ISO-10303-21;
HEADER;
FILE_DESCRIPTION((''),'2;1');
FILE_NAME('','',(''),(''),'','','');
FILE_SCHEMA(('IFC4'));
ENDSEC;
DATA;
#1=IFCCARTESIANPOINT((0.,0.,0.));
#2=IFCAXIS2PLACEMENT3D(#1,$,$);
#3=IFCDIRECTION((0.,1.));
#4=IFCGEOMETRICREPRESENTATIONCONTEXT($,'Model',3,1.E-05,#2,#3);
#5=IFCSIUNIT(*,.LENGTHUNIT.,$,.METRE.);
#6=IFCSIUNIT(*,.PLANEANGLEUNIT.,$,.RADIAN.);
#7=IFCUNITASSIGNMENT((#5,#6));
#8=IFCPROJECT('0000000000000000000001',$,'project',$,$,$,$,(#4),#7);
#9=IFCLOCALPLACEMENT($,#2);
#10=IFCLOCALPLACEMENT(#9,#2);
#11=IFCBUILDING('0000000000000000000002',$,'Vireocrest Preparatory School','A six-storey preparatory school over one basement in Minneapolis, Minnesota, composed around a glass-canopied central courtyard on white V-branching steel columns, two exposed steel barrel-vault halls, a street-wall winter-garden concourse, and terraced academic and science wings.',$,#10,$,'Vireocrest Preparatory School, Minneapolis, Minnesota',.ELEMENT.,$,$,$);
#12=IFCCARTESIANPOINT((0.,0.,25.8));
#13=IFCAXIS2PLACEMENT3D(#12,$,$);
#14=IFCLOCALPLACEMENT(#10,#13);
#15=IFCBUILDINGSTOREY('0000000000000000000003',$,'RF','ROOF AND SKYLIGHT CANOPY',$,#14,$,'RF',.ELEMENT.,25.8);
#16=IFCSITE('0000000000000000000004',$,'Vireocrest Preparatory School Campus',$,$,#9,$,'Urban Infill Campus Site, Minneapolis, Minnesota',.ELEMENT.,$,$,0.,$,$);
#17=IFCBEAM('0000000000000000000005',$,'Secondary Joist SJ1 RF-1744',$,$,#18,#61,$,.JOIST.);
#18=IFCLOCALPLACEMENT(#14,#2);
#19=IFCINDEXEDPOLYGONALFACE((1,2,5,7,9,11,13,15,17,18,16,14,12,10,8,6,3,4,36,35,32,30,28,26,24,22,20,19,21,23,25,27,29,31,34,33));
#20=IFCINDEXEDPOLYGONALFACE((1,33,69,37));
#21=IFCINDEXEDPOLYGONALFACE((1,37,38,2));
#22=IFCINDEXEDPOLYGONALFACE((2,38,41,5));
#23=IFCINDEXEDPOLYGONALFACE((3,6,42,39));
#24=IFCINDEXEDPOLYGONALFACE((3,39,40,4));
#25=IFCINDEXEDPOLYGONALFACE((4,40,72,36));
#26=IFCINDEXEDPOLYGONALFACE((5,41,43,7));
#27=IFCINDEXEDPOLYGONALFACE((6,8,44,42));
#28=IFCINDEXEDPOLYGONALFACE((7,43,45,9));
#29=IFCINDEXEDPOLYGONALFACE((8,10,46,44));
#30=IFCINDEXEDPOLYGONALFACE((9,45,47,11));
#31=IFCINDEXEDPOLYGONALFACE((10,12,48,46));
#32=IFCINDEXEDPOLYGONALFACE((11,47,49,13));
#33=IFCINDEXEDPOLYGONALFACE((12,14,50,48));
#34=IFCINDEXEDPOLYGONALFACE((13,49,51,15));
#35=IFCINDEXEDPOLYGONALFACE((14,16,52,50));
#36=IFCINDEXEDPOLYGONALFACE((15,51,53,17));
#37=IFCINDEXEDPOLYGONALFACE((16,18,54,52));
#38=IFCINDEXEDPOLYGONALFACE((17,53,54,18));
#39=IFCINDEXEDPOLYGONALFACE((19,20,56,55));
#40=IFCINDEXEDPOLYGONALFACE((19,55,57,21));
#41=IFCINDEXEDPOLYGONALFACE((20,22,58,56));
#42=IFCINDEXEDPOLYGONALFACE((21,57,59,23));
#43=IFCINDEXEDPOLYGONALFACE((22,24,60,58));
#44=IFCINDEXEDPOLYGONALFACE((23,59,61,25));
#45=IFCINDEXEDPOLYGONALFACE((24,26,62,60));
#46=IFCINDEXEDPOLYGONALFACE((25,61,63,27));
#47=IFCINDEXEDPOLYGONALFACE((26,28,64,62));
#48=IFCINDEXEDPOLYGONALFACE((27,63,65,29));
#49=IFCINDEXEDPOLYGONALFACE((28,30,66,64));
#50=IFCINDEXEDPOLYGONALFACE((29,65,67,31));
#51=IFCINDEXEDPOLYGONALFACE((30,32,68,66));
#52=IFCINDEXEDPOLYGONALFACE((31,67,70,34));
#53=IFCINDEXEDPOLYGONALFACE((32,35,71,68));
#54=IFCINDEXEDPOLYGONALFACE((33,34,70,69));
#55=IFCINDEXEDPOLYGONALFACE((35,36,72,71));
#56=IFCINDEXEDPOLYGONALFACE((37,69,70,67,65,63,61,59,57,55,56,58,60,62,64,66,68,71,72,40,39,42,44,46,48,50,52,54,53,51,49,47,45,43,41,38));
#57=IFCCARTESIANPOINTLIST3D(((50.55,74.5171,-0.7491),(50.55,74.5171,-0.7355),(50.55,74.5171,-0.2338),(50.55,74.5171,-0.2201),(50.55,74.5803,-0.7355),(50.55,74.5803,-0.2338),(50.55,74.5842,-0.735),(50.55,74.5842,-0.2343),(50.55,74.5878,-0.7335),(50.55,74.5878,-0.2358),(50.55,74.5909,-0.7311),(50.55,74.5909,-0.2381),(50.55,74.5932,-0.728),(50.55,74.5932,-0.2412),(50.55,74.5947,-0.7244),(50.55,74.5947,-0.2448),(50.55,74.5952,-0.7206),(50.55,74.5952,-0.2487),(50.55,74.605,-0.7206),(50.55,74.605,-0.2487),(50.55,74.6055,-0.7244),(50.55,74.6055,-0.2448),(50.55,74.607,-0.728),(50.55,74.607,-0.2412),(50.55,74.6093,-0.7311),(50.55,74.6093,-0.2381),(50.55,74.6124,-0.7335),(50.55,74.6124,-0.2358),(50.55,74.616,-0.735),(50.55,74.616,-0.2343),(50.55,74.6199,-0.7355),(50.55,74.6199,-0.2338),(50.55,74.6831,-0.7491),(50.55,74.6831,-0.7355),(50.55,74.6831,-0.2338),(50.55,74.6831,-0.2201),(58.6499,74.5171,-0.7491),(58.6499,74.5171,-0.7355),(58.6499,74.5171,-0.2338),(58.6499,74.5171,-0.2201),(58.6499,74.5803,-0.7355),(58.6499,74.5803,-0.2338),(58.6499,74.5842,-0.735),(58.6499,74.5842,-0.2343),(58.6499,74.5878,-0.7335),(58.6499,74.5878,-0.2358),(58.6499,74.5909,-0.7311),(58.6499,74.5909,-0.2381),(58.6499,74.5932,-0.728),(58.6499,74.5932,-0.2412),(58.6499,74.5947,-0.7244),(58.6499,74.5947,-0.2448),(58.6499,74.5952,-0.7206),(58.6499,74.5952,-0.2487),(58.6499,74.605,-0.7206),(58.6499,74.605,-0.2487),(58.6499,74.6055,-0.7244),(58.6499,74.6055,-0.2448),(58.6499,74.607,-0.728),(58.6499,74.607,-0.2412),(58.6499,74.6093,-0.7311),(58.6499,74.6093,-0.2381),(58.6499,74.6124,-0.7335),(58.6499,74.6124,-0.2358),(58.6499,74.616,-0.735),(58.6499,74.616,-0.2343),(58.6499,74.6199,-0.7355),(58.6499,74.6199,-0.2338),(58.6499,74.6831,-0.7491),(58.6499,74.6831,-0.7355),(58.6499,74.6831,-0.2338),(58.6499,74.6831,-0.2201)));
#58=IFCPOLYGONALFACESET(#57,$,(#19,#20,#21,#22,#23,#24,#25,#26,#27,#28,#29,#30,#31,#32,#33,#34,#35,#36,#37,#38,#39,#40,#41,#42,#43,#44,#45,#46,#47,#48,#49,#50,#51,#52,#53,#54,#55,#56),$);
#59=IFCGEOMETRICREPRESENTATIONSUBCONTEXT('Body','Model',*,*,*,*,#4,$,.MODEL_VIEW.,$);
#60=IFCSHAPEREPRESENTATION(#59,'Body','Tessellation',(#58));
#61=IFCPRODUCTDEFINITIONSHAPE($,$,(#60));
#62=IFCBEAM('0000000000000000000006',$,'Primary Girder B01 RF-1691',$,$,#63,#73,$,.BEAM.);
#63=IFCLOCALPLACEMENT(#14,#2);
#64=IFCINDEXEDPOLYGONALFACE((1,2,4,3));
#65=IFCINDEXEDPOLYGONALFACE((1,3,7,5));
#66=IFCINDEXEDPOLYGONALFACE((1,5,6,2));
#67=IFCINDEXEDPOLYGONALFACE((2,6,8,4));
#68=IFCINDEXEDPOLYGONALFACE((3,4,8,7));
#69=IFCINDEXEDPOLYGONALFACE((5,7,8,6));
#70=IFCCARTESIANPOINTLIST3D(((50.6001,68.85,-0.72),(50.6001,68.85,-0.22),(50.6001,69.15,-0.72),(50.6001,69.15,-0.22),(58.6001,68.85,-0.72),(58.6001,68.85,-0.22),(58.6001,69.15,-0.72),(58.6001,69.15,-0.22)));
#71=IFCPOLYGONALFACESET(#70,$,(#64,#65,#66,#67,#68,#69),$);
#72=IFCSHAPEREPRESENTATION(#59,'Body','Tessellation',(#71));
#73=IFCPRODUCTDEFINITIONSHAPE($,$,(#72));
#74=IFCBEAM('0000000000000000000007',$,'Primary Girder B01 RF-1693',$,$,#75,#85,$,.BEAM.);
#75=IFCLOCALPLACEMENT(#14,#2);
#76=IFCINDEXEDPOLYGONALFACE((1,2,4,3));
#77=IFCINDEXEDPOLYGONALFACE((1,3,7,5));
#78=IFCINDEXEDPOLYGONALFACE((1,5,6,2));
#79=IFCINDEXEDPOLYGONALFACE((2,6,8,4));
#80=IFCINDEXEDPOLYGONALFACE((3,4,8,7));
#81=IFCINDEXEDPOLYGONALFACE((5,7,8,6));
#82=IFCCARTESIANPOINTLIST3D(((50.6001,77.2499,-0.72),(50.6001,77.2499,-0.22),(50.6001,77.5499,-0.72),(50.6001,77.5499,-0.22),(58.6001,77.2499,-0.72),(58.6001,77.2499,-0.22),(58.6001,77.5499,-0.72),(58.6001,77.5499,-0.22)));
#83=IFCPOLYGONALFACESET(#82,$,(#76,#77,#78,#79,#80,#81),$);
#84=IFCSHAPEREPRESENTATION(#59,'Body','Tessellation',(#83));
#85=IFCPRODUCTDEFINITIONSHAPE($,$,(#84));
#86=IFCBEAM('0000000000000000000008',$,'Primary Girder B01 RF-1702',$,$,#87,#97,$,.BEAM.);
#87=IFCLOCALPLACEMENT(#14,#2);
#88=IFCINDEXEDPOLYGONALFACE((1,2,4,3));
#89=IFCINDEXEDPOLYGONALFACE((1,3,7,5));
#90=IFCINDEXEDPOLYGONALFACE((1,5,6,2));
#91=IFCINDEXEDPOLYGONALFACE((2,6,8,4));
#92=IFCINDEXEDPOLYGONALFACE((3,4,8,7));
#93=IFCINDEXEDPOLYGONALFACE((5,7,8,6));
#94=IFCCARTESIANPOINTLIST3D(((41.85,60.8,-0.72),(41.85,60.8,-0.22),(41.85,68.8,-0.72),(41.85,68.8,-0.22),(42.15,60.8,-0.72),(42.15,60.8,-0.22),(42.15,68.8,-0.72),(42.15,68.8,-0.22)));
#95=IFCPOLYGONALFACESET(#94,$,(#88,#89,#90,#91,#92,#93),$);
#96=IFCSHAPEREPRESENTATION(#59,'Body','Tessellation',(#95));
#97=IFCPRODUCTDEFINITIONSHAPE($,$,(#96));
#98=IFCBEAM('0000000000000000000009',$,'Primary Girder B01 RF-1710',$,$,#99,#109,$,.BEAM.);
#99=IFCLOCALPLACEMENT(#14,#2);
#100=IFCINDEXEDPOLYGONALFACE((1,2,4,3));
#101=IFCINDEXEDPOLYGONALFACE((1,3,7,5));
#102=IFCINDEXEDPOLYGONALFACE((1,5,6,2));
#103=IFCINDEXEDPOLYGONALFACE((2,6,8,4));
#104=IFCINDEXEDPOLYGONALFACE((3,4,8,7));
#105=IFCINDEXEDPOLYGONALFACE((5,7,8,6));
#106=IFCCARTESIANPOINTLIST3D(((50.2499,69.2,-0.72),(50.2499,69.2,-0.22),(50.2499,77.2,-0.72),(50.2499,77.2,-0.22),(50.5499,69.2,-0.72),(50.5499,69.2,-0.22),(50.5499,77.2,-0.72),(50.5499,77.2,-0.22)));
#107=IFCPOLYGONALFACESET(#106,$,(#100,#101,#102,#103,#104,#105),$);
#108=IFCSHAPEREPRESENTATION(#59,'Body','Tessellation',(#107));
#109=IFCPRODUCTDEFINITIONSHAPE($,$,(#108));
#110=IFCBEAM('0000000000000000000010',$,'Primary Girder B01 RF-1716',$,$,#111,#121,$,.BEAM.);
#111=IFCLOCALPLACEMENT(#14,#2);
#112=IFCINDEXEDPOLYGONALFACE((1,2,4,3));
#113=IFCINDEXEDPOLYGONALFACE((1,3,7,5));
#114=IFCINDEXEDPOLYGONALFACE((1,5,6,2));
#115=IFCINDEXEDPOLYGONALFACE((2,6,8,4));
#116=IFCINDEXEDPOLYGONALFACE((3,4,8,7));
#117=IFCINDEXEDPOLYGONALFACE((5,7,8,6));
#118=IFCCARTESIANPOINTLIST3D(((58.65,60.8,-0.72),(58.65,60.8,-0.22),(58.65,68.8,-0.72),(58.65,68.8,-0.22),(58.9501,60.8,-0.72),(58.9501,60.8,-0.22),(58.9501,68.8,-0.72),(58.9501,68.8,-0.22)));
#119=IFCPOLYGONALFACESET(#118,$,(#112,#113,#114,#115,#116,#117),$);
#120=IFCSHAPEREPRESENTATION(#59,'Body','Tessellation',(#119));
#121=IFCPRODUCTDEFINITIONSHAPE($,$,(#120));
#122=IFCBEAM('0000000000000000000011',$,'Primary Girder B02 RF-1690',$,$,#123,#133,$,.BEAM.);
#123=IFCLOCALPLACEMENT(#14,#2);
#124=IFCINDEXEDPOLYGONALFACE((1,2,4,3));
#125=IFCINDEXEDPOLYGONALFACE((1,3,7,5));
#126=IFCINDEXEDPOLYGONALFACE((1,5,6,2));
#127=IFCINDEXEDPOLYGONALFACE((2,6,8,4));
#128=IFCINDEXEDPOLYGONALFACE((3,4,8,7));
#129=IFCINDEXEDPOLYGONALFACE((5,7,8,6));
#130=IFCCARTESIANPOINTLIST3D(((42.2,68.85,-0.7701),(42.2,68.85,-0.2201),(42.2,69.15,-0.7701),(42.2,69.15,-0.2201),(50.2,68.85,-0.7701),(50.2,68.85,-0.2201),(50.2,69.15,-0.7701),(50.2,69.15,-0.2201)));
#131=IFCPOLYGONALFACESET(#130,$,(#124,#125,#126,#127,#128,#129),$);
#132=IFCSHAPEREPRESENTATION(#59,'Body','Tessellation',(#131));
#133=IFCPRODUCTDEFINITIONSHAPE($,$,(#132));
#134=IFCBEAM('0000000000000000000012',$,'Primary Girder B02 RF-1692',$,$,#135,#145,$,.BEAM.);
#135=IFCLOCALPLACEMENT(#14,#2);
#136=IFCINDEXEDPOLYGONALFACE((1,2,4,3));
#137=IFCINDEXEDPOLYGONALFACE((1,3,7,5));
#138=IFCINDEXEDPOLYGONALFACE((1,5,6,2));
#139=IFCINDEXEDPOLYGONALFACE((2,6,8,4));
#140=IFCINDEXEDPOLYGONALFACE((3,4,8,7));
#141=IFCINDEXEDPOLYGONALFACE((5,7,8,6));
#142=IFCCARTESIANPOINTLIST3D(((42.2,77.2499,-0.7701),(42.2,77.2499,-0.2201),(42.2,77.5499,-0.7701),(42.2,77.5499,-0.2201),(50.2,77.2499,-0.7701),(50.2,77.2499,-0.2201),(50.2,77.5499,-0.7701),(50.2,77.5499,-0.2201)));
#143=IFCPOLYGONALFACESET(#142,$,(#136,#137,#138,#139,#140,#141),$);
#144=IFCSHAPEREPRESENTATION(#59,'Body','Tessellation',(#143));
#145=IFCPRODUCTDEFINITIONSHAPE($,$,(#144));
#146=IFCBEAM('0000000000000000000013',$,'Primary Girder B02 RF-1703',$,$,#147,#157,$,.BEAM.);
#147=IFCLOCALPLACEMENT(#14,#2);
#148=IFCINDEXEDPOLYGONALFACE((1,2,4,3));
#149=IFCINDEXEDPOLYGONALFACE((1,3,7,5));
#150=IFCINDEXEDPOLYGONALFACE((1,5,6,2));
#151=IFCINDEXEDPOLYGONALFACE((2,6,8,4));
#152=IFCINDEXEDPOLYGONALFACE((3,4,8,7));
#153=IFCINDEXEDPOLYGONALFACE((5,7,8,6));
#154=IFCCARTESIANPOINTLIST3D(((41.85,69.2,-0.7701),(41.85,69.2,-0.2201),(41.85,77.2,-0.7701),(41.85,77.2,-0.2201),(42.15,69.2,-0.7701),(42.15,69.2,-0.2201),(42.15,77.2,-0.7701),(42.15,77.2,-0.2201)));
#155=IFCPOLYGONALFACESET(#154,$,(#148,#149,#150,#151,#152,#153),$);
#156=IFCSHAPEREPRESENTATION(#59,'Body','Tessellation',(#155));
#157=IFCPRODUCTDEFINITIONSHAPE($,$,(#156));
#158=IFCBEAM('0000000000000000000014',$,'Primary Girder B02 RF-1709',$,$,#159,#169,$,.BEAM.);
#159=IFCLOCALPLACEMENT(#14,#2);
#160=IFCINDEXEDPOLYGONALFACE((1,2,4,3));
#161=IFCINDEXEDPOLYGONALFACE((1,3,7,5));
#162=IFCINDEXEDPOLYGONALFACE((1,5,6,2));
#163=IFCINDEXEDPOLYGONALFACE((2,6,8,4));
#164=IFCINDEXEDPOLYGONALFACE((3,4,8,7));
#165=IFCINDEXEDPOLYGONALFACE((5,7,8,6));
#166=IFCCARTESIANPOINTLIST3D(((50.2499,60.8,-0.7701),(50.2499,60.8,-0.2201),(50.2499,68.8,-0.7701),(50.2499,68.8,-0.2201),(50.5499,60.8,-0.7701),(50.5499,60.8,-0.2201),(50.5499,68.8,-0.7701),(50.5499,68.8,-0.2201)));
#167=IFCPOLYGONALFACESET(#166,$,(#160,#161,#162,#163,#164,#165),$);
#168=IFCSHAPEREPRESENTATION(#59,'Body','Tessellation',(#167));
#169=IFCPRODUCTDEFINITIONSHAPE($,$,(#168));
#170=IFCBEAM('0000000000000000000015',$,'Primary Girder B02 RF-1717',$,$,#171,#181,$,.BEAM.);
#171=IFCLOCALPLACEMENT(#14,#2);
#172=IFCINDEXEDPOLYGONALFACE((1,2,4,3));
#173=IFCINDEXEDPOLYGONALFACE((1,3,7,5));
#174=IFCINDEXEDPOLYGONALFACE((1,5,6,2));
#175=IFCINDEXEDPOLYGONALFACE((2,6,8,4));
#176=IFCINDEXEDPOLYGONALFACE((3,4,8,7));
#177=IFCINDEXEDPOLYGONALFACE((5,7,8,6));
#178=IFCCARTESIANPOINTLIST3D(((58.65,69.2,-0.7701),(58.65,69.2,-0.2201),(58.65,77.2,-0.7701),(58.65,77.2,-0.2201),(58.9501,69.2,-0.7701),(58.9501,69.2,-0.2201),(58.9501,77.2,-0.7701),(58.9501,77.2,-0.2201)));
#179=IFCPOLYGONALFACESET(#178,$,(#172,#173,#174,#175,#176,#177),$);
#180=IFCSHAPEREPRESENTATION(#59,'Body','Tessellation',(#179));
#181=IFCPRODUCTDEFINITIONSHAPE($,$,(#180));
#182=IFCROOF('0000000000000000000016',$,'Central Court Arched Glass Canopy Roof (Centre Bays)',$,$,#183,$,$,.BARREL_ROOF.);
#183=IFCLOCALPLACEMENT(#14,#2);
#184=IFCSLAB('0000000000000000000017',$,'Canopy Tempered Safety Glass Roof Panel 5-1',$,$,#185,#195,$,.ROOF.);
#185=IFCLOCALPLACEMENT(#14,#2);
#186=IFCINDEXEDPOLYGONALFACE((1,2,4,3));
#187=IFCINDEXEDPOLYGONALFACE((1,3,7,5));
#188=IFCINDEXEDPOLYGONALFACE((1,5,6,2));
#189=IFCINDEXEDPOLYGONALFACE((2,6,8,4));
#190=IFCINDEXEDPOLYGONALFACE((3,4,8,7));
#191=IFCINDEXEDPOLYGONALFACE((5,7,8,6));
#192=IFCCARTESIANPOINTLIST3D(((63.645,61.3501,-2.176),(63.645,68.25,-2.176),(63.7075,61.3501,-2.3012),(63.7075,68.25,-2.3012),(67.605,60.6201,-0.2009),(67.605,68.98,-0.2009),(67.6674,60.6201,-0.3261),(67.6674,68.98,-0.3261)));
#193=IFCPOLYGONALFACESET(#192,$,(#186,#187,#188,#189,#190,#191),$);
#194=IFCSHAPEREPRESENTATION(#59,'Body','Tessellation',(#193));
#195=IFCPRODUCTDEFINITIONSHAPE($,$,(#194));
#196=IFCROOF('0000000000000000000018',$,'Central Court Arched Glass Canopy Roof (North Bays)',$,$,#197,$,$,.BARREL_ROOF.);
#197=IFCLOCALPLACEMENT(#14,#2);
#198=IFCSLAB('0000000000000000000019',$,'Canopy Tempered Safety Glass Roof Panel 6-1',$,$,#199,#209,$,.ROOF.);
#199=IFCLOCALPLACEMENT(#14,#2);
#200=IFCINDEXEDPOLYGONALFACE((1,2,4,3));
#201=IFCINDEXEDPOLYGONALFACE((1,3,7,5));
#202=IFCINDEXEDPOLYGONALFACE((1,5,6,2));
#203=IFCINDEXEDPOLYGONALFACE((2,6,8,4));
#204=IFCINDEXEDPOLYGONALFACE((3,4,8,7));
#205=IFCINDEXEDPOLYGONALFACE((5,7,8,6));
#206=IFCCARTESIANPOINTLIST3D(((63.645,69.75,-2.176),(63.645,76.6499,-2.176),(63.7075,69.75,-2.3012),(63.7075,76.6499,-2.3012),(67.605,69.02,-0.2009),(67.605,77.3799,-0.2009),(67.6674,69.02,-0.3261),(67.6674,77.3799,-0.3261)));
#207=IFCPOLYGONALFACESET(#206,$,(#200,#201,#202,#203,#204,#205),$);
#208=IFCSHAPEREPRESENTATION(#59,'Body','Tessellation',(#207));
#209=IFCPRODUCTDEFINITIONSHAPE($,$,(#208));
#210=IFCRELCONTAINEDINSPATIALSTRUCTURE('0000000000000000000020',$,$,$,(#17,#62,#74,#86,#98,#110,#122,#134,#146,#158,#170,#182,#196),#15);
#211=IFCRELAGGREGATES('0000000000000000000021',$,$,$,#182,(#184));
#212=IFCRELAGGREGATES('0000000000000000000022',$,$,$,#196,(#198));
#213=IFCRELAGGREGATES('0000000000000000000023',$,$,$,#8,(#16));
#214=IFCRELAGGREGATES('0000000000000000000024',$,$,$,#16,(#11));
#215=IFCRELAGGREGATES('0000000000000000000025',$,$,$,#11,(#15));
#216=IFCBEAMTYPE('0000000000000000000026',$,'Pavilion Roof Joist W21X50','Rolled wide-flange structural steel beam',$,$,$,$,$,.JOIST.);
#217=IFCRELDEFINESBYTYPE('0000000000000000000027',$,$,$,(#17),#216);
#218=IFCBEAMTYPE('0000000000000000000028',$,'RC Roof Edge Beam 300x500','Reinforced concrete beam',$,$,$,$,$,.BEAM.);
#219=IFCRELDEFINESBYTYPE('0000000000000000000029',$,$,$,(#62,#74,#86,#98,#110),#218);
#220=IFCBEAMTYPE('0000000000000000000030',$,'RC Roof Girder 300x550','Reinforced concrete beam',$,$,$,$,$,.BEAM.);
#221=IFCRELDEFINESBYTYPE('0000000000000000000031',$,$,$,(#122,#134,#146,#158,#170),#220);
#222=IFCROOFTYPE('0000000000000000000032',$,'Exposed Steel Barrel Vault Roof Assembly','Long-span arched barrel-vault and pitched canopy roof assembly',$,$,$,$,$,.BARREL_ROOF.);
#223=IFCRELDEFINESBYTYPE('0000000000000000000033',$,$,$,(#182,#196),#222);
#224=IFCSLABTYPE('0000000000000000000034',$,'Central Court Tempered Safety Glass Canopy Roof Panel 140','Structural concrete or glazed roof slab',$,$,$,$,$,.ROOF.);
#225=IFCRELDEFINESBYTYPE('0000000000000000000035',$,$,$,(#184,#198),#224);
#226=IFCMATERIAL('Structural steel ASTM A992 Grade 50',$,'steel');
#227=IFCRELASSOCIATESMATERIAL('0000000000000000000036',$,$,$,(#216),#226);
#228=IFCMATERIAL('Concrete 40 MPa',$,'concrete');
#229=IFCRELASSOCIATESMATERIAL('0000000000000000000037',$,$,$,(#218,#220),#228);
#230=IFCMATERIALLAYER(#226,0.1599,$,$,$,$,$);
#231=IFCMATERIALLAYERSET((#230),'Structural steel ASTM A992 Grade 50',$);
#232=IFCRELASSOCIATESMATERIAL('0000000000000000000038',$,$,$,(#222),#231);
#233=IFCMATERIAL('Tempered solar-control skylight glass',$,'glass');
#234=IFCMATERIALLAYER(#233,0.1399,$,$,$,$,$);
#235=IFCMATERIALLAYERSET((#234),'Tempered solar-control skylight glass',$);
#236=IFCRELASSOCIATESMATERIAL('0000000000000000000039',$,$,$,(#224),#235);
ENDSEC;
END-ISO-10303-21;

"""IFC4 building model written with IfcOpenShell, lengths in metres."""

from ifc_helpers import new_model, si_unit, direction, frame, origin, origin_2d, place, context, subcontext, project, spatial, polyline, rectangle, i_section, outline, extrude, material, layer, layer_set, material_profile, profile_set, type_object, element, aggregate, save


model = new_model("IFC4")

# Units and contexts
model_context = context("Model", 3, precision=1e-05, world=origin(), true_north=direction((0.0, 1.0)))
body_context = subcontext(model_context, "Body", "Model", "MODEL_VIEW")
ifc_project = project(units=[si_unit("LENGTHUNIT", "METRE"), si_unit("PLANEANGLEUNIT", "RADIAN")], contexts=[model_context])

# Site, building, storey
site_placement = place(None, origin())
site = spatial("IfcSite", under=ifc_project, at=site_placement, Name="Vireocrest Preparatory School Campus", LongName="Urban Infill Campus Site, Minneapolis, Minnesota", CompositionType="ELEMENT", RefElevation=0.0)
building_placement = place(site_placement, origin())
building = spatial("IfcBuilding", under=site, at=building_placement, Name="Vireocrest Preparatory School", Description="A six-storey preparatory school over one basement in Minneapolis, Minnesota, composed around a glass-canopied central courtyard on white V-branching steel columns, two exposed steel barrel-vault halls, a street-wall winter-garden concourse, and terraced academic and science wings.", LongName="Vireocrest Preparatory School, Minneapolis, Minnesota", CompositionType="ELEMENT")
storey_placement = place(building_placement, frame((0.0, 0.0, 25.8)))
storey = spatial("IfcBuildingStorey", under=building, at=storey_placement, Name="RF", Description="ROOF AND SKYLIGHT CANOPY", LongName="RF", CompositionType="ELEMENT", Elevation=25.8)

# Beams
ifc_material_1 = material(Name="Structural steel ASTM A992 Grade 50", Category="steel")
ifc_material_profile_1 = material_profile(ifc_material_1, i_section(OverallWidth=0.166, OverallDepth=0.5291, WebThickness=0.0098, FlangeThickness=0.0137, FilletRadius=0.0149, at=origin_2d()), Name="W21X50")
ifc_profile_set_1 = profile_set([ifc_material_profile_1], Name="Structural steel ASTM A992 Grade 50")
beam_type_1 = type_object("IfcBeamType", Name="Pavilion Roof Joist W21X50", Description="Rolled wide-flange structural steel beam", PredefinedType="JOIST", material=ifc_profile_set_1)
for number, where, z_axis, x_axis, name in (
    (1, (50.55, 74.6001, -0.4846), (1.0, 0.0, 0.0), (0.0, 1.0, 0.0), "Secondary Joist SJ1 RF-1744"),
):
    element("IfcBeam", number, at=place(storey_placement, frame(where, z_axis=z_axis, x_axis=x_axis)), inside=storey, type_object=beam_type_1, Name=name, PredefinedType="JOIST", context=body_context, shape_type="SweptSolid", body=[
        extrude(i_section(OverallWidth=0.166, OverallDepth=0.5291, WebThickness=0.0098, FlangeThickness=0.0137, FilletRadius=0.0149, at=origin_2d()), origin(), (0.0, 0.0, 1.0), 8.0999),
    ])
ifc_material_2 = material(Name="Concrete 40 MPa", Category="concrete")
ifc_material_profile_2 = material_profile(ifc_material_2, rectangle(XDim=0.3, YDim=0.5, at=origin_2d()), Name="RC 300x500")
ifc_profile_set_2 = profile_set([ifc_material_profile_2], Name="Concrete 40 MPa")
beam_type_2 = type_object("IfcBeamType", Name="RC Roof Edge Beam 300x500", Description="Reinforced concrete beam", PredefinedType="BEAM", material=ifc_profile_set_2)
for number, where, z_axis, x_axis, name in (
    (2, (50.6001, 69.0, -0.47), (1.0, 0.0, 0.0), (0.0, 1.0, 0.0), "Primary Girder B01 RF-1691"),
    (3, (50.6001, 77.3999, -0.47), (1.0, 0.0, 0.0), (0.0, 1.0, 0.0), "Primary Girder B01 RF-1693"),
    (4, (42.0, 60.8, -0.47), (0.0, 1.0, 0.0), (-1.0, 0.0, 0.0), "Primary Girder B01 RF-1702"),
    (5, (50.3999, 69.2, -0.47), (0.0, 1.0, 0.0), (-1.0, 0.0, 0.0), "Primary Girder B01 RF-1710"),
    (6, (58.8, 60.8, -0.47), (0.0, 1.0, 0.0), (-1.0, 0.0, 0.0), "Primary Girder B01 RF-1716"),
):
    element("IfcBeam", number, at=place(storey_placement, frame(where, z_axis=z_axis, x_axis=x_axis)), inside=storey, type_object=beam_type_2, Name=name, PredefinedType="BEAM", context=body_context, shape_type="SweptSolid", body=[
        extrude(rectangle(XDim=0.3, YDim=0.5, at=origin_2d()), origin(), (0.0, 0.0, 1.0), 8.0),
    ])
ifc_material_profile_3 = material_profile(ifc_material_2, rectangle(XDim=0.3, YDim=0.55, at=origin_2d()), Name="RC 300x550")
ifc_profile_set_3 = profile_set([ifc_material_profile_3], Name="Concrete 40 MPa")
beam_type_3 = type_object("IfcBeamType", Name="RC Roof Girder 300x550", Description="Reinforced concrete beam", PredefinedType="BEAM", material=ifc_profile_set_3)
for number, where, z_axis, x_axis, name in (
    (7, (42.2, 69.0, -0.4951), (1.0, 0.0, 0.0), (0.0, 1.0, 0.0), "Primary Girder B02 RF-1690"),
    (8, (42.2, 77.3999, -0.4951), (1.0, 0.0, 0.0), (0.0, 1.0, 0.0), "Primary Girder B02 RF-1692"),
    (9, (42.0, 69.2, -0.4951), (0.0, 1.0, 0.0), (-1.0, 0.0, 0.0), "Primary Girder B02 RF-1703"),
    (10, (50.3999, 60.8, -0.4951), (0.0, 1.0, 0.0), (-1.0, 0.0, 0.0), "Primary Girder B02 RF-1709"),
    (11, (58.8, 69.2, -0.4951), (0.0, 1.0, 0.0), (-1.0, 0.0, 0.0), "Primary Girder B02 RF-1717"),
):
    element("IfcBeam", number, at=place(storey_placement, frame(where, z_axis=z_axis, x_axis=x_axis)), inside=storey, type_object=beam_type_3, Name=name, PredefinedType="BEAM", context=body_context, shape_type="SweptSolid", body=[
        extrude(rectangle(XDim=0.3, YDim=0.55, at=origin_2d()), origin(), (0.0, 0.0, 1.0), 8.0),
    ])

# Roofs, slabs
ifc_layer_1 = layer(ifc_material_1, 0.1599)
ifc_layer_set_1 = layer_set([ifc_layer_1], Name="Structural steel ASTM A992 Grade 50")
roof_type = type_object("IfcRoofType", Name="Exposed Steel Barrel Vault Roof Assembly", Description="Long-span arched barrel-vault and pitched canopy roof assembly", PredefinedType="BARREL_ROOF", material=ifc_layer_set_1)
roof_1_placement = place(storey_placement, origin())
roof_1 = element("IfcRoof", 12, at=roof_1_placement, inside=storey, type_object=roof_type, Name="Central Court Arched Glass Canopy Roof (Centre Bays)", PredefinedType="BARREL_ROOF")
ifc_material_3 = material(Name="Tempered solar-control skylight glass", Category="glass")
ifc_layer_2 = layer(ifc_material_3, 0.1399)
ifc_layer_set_2 = layer_set([ifc_layer_2], Name="Tempered solar-control skylight glass")
slab_type = type_object("IfcSlabType", Name="Central Court Tempered Safety Glass Canopy Roof Panel 140", Description="Structural concrete or glazed roof slab", PredefinedType="ROOF", material=ifc_layer_set_2)
slab_1_placement = place(storey_placement, frame((63.645, 61.3501, -2.176), z_axis=(-0.446331, 0.0, 0.894868), x_axis=(0.882936, -0.162761, 0.440379)))
slab_1 = element("IfcSlab", 13, at=slab_1_placement, type_object=slab_type, Name="Canopy Tempered Safety Glass Roof Panel 5-1", PredefinedType="ROOF", context=body_context, shape_type="SweptSolid", body=[
    extrude(outline(polyline([(0.0, 0.0), (4.485, 0.0), (3.1243, 8.2484), (-1.123, 6.8079), (0.0, 0.0)])), origin(), (0.0, 0.0, -1.0), 0.1399),
])
aggregate(roof_1, [slab_1])
roof_2_placement = place(storey_placement, origin())
roof_2 = element("IfcRoof", 14, at=roof_2_placement, inside=storey, type_object=roof_type, Name="Central Court Arched Glass Canopy Roof (North Bays)", PredefinedType="BARREL_ROOF")
slab_2_placement = place(storey_placement, frame((63.645, 69.75, -2.176), z_axis=(-0.446331, 0.0, 0.894868), x_axis=(0.882936, -0.162761, 0.440379)))
slab_2 = element("IfcSlab", 15, at=slab_2_placement, type_object=slab_type, Name="Canopy Tempered Safety Glass Roof Panel 6-1", PredefinedType="ROOF", context=body_context, shape_type="SweptSolid", body=[
    extrude(outline(polyline([(0.0, 0.0), (4.485, 0.0), (3.1243, 8.2484), (-1.123, 6.8079), (0.0, 0.0)])), origin(), (0.0, 0.0, -1.0), 0.1399),
])
aggregate(roof_2, [slab_2])

save(model, "model.ifc")
